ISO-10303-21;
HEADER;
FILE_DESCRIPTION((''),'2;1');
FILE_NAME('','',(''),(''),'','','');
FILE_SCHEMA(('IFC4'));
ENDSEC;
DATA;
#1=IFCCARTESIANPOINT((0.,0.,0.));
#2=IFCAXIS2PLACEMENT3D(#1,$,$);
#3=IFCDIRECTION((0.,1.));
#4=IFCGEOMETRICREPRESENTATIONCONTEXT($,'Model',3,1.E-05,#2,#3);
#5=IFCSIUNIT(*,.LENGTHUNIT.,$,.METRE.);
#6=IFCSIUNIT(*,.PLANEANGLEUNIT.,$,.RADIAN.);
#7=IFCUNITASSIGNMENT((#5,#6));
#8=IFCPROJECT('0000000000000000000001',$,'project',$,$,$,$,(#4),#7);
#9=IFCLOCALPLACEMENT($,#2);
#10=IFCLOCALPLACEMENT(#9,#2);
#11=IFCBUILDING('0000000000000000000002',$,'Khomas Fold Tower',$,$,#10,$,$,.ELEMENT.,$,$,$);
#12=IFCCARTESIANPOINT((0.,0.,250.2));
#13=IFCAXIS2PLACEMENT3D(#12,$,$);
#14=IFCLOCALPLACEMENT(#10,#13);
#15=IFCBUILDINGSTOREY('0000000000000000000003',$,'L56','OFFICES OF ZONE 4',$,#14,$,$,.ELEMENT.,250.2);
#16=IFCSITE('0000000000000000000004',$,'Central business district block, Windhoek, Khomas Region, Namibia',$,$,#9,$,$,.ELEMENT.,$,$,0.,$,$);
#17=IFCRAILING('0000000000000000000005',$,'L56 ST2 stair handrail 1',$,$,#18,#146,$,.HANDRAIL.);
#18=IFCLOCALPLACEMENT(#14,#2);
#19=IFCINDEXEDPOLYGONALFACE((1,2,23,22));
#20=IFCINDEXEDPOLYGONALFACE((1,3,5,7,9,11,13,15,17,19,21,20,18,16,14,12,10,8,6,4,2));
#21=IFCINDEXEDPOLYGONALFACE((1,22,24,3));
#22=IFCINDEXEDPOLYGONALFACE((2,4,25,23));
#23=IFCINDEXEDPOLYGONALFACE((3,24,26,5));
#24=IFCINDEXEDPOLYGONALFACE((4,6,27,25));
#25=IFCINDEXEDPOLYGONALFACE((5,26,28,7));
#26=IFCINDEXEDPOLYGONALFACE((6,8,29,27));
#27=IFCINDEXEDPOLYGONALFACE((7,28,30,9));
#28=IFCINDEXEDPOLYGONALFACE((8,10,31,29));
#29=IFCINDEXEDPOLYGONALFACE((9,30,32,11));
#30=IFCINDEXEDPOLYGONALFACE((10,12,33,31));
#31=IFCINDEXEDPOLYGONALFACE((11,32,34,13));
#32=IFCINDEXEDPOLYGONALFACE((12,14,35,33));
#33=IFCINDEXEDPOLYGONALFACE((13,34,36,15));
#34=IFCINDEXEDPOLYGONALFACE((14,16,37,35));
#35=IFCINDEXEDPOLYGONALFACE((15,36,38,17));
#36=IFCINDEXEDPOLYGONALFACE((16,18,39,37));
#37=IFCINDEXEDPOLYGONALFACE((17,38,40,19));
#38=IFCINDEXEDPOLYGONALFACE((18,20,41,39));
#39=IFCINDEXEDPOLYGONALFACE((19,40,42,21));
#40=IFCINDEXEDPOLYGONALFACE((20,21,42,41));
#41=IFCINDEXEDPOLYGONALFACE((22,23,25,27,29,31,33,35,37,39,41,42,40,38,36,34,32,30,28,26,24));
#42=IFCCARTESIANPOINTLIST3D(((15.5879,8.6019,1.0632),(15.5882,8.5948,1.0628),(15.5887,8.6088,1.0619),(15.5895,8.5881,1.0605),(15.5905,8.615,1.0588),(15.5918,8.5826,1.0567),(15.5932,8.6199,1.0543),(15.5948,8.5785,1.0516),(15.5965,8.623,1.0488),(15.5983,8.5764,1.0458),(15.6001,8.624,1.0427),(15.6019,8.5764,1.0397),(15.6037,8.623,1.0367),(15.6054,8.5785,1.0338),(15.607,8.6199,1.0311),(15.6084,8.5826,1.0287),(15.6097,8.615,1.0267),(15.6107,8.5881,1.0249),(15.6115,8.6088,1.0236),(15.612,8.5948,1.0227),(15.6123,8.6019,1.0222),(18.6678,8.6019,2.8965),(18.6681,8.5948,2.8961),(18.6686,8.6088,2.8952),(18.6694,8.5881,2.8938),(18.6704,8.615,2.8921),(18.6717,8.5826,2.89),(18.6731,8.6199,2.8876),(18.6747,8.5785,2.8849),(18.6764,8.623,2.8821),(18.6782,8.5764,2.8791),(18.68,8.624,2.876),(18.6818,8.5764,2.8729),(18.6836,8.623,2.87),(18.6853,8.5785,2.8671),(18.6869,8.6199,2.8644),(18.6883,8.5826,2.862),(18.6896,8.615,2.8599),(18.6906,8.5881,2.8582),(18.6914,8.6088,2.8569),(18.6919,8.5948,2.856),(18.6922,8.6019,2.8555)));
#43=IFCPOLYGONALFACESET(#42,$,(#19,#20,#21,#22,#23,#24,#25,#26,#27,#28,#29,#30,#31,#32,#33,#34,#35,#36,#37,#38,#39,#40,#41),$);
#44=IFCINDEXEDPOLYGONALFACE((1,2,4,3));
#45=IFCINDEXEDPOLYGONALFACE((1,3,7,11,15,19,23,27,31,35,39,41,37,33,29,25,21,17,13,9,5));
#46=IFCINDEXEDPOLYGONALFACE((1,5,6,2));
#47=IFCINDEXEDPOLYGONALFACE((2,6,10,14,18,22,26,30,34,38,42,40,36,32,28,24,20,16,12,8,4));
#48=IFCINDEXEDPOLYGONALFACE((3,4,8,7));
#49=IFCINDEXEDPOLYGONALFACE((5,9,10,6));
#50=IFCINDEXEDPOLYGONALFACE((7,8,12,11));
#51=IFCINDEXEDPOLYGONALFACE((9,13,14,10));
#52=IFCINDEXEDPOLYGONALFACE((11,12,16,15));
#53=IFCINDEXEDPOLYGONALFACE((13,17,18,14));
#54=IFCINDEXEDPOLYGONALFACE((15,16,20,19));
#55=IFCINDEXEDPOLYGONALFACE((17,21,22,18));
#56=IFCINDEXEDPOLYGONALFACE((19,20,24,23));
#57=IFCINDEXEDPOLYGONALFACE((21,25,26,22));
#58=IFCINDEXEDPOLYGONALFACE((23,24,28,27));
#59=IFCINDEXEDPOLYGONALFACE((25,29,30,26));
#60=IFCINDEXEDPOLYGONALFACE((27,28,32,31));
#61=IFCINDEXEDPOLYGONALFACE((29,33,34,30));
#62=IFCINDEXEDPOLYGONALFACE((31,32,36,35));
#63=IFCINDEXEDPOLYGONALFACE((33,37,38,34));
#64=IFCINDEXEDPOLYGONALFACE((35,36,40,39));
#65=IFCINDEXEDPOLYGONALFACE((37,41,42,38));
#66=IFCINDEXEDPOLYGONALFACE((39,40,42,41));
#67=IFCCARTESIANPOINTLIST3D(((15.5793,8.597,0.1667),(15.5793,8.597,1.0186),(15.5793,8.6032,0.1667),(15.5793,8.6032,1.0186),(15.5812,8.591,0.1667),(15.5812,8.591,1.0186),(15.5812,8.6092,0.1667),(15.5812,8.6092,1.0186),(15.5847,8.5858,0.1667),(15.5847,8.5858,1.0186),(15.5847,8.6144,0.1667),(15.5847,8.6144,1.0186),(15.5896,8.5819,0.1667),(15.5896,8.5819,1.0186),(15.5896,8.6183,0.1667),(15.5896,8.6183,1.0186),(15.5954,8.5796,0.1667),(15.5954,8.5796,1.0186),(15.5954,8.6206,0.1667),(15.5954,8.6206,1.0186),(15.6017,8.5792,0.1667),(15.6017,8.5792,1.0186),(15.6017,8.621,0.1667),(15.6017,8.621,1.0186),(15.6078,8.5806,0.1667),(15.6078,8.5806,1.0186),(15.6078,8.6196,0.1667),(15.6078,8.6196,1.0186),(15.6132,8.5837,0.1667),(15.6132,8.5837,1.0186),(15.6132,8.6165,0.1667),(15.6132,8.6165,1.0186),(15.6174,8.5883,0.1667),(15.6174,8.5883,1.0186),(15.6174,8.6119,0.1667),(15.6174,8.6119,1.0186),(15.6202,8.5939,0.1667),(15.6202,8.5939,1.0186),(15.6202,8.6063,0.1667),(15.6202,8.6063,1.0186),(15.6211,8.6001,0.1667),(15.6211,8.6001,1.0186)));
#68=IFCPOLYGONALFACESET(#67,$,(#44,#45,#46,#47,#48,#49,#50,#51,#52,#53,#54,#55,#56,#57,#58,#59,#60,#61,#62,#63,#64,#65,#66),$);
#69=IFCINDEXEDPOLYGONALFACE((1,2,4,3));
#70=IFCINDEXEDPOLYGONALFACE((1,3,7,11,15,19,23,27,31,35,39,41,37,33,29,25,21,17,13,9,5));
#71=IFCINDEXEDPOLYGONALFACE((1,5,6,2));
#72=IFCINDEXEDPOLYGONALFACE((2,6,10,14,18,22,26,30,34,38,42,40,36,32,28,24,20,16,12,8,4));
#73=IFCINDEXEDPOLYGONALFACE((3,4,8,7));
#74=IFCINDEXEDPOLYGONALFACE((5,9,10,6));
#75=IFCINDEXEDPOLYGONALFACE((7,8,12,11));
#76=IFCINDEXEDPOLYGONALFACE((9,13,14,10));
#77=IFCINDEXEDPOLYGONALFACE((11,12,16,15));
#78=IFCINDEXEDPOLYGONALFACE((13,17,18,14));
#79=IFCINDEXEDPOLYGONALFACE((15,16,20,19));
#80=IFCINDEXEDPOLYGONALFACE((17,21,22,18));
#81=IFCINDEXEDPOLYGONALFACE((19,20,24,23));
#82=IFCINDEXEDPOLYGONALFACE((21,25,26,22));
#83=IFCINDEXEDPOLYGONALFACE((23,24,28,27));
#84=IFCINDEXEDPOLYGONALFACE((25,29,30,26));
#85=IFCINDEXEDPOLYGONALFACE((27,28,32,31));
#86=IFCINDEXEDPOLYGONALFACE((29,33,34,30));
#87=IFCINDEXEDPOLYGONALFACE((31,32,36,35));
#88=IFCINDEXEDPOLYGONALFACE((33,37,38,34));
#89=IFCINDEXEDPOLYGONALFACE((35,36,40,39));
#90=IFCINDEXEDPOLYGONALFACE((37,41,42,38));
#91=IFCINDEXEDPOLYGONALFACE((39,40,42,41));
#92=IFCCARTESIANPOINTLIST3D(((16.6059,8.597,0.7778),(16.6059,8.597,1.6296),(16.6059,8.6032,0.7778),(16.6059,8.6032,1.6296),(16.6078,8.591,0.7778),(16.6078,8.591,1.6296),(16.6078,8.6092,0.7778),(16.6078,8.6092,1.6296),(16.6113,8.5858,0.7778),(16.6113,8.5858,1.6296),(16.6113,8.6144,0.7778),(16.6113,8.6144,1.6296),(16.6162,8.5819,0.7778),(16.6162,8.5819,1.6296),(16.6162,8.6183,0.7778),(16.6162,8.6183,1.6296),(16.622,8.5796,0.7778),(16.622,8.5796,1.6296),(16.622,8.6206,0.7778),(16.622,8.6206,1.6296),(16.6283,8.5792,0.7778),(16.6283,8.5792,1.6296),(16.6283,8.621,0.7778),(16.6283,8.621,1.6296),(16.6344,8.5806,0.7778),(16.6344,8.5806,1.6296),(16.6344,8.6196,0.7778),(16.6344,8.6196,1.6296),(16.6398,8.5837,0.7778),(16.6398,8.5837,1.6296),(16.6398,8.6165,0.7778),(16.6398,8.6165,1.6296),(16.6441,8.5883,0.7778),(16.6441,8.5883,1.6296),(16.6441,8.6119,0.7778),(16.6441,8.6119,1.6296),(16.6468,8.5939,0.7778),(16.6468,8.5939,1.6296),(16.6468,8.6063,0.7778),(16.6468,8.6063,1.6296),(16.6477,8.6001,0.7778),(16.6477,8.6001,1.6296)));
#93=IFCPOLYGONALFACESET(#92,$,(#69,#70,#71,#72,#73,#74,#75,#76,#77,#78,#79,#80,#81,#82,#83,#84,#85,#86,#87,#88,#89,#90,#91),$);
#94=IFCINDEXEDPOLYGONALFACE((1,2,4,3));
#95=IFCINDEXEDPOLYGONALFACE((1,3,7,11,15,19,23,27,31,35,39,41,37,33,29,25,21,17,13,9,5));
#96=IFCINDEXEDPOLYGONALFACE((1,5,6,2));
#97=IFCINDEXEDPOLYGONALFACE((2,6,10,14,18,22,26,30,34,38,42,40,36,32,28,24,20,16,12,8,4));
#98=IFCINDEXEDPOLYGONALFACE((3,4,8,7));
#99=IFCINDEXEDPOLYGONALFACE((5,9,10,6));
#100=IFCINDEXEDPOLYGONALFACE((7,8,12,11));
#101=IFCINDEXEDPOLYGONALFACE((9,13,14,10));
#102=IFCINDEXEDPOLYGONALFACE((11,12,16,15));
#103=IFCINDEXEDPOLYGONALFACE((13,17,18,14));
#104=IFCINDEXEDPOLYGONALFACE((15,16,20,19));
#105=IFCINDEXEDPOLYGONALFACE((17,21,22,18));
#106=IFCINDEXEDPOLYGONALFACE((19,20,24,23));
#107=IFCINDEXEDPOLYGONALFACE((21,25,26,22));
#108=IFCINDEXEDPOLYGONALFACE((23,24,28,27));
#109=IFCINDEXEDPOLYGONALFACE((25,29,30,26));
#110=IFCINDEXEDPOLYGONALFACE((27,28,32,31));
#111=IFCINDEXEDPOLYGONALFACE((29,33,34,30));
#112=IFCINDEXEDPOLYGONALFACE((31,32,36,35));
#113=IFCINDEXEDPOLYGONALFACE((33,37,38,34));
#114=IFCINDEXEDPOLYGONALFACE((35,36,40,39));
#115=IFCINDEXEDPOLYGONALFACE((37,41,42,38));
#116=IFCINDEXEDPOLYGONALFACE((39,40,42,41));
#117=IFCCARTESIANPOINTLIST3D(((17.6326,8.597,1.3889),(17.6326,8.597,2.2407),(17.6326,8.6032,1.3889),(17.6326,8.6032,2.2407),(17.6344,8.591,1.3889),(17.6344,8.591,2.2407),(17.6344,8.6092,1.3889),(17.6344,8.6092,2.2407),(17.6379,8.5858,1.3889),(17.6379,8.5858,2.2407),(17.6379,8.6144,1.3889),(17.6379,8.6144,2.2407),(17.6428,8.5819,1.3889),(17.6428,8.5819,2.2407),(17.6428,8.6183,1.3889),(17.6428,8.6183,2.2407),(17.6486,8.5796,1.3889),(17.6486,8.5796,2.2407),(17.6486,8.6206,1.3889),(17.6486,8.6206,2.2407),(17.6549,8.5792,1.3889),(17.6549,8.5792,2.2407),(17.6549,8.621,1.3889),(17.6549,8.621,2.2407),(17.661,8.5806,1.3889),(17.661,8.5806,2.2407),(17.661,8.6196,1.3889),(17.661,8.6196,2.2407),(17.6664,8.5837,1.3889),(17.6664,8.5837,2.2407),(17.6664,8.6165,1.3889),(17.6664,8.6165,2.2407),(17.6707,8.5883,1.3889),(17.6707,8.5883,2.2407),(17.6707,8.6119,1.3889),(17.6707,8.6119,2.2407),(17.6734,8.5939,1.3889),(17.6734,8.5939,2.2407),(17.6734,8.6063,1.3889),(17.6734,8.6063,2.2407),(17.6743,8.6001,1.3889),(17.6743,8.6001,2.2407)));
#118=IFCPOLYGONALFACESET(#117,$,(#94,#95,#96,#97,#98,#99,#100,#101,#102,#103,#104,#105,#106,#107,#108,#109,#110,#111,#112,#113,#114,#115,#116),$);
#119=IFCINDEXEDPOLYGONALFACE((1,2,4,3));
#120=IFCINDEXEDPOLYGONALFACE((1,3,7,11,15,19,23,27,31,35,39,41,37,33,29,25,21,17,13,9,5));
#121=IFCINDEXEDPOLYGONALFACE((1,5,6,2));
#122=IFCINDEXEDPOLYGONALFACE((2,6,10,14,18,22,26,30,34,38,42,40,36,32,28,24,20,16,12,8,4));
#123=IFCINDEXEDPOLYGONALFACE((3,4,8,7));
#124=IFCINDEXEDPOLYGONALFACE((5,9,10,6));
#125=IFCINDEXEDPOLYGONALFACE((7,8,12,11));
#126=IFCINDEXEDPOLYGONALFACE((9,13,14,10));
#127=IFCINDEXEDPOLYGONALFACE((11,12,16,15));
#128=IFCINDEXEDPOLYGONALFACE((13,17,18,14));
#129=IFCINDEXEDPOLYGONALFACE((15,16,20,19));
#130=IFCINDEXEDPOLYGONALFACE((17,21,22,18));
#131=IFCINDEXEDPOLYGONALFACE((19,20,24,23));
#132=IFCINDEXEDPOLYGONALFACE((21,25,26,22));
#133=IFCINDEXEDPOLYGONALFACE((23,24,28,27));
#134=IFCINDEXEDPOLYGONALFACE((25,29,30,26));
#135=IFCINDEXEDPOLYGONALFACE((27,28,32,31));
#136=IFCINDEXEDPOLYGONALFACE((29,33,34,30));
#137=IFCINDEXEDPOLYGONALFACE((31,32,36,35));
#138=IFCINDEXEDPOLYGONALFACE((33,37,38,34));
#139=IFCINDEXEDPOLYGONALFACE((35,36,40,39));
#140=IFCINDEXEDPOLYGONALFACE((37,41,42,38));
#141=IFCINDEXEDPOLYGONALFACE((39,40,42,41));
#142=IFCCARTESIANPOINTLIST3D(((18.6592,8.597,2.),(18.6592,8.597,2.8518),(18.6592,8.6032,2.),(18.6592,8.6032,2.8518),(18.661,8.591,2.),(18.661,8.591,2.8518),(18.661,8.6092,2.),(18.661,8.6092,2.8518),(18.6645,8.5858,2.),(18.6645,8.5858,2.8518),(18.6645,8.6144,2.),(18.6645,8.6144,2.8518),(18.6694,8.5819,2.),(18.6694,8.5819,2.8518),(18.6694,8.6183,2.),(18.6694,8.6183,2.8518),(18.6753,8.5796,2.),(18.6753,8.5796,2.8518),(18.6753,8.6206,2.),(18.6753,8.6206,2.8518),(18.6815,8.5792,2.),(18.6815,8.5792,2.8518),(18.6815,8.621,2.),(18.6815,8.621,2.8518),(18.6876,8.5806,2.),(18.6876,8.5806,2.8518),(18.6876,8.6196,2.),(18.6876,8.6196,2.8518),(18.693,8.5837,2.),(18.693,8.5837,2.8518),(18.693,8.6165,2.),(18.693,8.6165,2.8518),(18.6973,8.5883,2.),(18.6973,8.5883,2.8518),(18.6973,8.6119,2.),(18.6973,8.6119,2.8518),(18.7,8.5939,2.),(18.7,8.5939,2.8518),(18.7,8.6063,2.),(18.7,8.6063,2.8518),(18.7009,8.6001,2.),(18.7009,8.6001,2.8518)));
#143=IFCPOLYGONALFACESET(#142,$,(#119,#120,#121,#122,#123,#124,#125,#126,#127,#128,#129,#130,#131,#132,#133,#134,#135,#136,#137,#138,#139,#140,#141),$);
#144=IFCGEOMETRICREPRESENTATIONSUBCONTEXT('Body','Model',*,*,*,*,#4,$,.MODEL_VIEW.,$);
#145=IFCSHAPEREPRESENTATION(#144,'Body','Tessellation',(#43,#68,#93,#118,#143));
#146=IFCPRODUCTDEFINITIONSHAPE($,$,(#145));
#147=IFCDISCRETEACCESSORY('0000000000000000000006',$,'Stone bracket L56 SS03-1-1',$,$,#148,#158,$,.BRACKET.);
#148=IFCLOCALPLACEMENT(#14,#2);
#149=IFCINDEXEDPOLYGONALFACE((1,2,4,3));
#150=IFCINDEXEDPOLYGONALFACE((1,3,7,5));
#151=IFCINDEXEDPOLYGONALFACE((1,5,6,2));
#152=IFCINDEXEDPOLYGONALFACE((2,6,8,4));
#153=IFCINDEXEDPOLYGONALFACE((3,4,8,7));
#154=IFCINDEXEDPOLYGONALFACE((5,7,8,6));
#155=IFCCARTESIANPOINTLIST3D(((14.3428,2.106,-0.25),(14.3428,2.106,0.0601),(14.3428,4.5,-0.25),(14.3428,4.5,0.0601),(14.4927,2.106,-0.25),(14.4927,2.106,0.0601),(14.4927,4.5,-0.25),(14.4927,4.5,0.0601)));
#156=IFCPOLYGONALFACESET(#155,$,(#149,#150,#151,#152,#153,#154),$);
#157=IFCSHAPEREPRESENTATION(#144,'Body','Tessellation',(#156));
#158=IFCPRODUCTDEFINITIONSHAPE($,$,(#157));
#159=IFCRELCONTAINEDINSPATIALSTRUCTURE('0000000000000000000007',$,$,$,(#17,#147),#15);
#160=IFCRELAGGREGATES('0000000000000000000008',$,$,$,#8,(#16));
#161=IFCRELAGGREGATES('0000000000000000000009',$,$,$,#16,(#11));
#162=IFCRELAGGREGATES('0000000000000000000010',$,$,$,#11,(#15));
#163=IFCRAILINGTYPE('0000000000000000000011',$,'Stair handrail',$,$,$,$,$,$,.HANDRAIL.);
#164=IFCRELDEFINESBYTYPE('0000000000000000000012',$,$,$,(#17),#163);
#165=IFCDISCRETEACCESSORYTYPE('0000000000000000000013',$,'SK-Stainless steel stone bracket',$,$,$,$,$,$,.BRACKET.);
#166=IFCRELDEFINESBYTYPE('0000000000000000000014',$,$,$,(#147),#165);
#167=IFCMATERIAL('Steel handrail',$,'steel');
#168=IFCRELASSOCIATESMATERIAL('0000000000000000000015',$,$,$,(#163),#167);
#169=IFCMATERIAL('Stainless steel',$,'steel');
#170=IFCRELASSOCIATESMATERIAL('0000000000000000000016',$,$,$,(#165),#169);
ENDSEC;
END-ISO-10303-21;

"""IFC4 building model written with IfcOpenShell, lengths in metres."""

from ifc_helpers import new_model, si_unit, direction, frame, origin, origin_2d, place, context, subcontext, project, spatial, rectangle, circle, extrude, source, transform, mapped, material, type_object, element, save


model = new_model("IFC4")

# Units and contexts
model_context = context("Model", 3, precision=1e-05, world=origin(), true_north=direction((0.0, 1.0)))
body_context = subcontext(model_context, "Body", "Model", "MODEL_VIEW")
ifc_project = project(units=[si_unit("LENGTHUNIT", "METRE"), si_unit("PLANEANGLEUNIT", "RADIAN")], contexts=[model_context])

# Site, building, storey
site_placement = place(None, origin())
site = spatial("IfcSite", under=ifc_project, at=site_placement, Name="Central business district block, Windhoek, Khomas Region, Namibia", CompositionType="ELEMENT", RefElevation=0.0)
building_placement = place(site_placement, origin())
building = spatial("IfcBuilding", under=site, at=building_placement, Name="Khomas Fold Tower", CompositionType="ELEMENT")
storey_placement = place(building_placement, frame((0.0, 0.0, 250.2)))
storey = spatial("IfcBuildingStorey", under=building, at=storey_placement, Name="L56", Description="OFFICES OF ZONE 4", CompositionType="ELEMENT", Elevation=250.2)

# Railing
ifc_material_1 = material(Name="Steel handrail", Category="steel")
railing_type_1 = type_object("IfcRailingType", Name="Stair handrail", PredefinedType="HANDRAIL", material=ifc_material_1)
shared_shape_1 = source(origin(), body_context, "Body", "SweptSolid", [
    extrude(circle(Radius=0.0239, at=origin_2d()), frame((0.0, 0.0, 0.876), z_axis=(0.859291, 0.0, 0.511487), x_axis=(0.0, 1.0, 0.0)), (0.0, 0.0, 1.0), 3.5842),
    extrude(circle(Radius=0.021, at=origin_2d()), origin(), (0.0, 0.0, 1.0), 0.8518),
    extrude(circle(Radius=0.021, at=origin_2d()), frame((1.0266, 0.0, 0.6111)), (0.0, 0.0, 1.0), 0.8518),
    extrude(circle(Radius=0.021, at=origin_2d()), frame((2.0532, 0.0, 1.2222)), (0.0, 0.0, 1.0), 0.8518),
    extrude(circle(Radius=0.021, at=origin_2d()), frame((3.0798, 0.0, 1.8333)), (0.0, 0.0, 1.0), 0.8518),
])
railing_1_placement = place(storey_placement, frame((15.6001, 8.6001, 0.1667)))
element("IfcRailing", 1, at=railing_1_placement, inside=storey, type_object=railing_type_1, Name="L56 ST2 stair handrail 1", PredefinedType="HANDRAIL", context=body_context, shape_type="MappedRepresentation", body=[
    mapped(shared_shape_1, transform((0.0, 0.0, 0.0))),
])

# Discrete accessory
ifc_material_2 = material(Name="Stainless steel", Category="steel")
discrete_accessory_type = type_object("IfcDiscreteAccessoryType", Name="SK-Stainless steel stone bracket", PredefinedType="BRACKET", material=ifc_material_2)
shared_shape_2 = source(origin(), body_context, "Body", "SweptSolid", [
    extrude(rectangle(XDim=2.394, YDim=0.1499, at=origin_2d()), origin(), (0.0, 0.0, 1.0), 0.3101),
])
discrete_accessory_placement = place(storey_placement, frame((14.4177, 3.303, -0.25), z_axis=(0.0, 0.0, 1.0), x_axis=(0.0, -1.0, 0.0)))
element("IfcDiscreteAccessory", 2, at=discrete_accessory_placement, inside=storey, type_object=discrete_accessory_type, Name="Stone bracket L56 SS03-1-1", PredefinedType="BRACKET", context=body_context, shape_type="MappedRepresentation", body=[
    mapped(shared_shape_2, transform((0.0, 0.0, 0.0))),
])

save(model, "model.ifc")
